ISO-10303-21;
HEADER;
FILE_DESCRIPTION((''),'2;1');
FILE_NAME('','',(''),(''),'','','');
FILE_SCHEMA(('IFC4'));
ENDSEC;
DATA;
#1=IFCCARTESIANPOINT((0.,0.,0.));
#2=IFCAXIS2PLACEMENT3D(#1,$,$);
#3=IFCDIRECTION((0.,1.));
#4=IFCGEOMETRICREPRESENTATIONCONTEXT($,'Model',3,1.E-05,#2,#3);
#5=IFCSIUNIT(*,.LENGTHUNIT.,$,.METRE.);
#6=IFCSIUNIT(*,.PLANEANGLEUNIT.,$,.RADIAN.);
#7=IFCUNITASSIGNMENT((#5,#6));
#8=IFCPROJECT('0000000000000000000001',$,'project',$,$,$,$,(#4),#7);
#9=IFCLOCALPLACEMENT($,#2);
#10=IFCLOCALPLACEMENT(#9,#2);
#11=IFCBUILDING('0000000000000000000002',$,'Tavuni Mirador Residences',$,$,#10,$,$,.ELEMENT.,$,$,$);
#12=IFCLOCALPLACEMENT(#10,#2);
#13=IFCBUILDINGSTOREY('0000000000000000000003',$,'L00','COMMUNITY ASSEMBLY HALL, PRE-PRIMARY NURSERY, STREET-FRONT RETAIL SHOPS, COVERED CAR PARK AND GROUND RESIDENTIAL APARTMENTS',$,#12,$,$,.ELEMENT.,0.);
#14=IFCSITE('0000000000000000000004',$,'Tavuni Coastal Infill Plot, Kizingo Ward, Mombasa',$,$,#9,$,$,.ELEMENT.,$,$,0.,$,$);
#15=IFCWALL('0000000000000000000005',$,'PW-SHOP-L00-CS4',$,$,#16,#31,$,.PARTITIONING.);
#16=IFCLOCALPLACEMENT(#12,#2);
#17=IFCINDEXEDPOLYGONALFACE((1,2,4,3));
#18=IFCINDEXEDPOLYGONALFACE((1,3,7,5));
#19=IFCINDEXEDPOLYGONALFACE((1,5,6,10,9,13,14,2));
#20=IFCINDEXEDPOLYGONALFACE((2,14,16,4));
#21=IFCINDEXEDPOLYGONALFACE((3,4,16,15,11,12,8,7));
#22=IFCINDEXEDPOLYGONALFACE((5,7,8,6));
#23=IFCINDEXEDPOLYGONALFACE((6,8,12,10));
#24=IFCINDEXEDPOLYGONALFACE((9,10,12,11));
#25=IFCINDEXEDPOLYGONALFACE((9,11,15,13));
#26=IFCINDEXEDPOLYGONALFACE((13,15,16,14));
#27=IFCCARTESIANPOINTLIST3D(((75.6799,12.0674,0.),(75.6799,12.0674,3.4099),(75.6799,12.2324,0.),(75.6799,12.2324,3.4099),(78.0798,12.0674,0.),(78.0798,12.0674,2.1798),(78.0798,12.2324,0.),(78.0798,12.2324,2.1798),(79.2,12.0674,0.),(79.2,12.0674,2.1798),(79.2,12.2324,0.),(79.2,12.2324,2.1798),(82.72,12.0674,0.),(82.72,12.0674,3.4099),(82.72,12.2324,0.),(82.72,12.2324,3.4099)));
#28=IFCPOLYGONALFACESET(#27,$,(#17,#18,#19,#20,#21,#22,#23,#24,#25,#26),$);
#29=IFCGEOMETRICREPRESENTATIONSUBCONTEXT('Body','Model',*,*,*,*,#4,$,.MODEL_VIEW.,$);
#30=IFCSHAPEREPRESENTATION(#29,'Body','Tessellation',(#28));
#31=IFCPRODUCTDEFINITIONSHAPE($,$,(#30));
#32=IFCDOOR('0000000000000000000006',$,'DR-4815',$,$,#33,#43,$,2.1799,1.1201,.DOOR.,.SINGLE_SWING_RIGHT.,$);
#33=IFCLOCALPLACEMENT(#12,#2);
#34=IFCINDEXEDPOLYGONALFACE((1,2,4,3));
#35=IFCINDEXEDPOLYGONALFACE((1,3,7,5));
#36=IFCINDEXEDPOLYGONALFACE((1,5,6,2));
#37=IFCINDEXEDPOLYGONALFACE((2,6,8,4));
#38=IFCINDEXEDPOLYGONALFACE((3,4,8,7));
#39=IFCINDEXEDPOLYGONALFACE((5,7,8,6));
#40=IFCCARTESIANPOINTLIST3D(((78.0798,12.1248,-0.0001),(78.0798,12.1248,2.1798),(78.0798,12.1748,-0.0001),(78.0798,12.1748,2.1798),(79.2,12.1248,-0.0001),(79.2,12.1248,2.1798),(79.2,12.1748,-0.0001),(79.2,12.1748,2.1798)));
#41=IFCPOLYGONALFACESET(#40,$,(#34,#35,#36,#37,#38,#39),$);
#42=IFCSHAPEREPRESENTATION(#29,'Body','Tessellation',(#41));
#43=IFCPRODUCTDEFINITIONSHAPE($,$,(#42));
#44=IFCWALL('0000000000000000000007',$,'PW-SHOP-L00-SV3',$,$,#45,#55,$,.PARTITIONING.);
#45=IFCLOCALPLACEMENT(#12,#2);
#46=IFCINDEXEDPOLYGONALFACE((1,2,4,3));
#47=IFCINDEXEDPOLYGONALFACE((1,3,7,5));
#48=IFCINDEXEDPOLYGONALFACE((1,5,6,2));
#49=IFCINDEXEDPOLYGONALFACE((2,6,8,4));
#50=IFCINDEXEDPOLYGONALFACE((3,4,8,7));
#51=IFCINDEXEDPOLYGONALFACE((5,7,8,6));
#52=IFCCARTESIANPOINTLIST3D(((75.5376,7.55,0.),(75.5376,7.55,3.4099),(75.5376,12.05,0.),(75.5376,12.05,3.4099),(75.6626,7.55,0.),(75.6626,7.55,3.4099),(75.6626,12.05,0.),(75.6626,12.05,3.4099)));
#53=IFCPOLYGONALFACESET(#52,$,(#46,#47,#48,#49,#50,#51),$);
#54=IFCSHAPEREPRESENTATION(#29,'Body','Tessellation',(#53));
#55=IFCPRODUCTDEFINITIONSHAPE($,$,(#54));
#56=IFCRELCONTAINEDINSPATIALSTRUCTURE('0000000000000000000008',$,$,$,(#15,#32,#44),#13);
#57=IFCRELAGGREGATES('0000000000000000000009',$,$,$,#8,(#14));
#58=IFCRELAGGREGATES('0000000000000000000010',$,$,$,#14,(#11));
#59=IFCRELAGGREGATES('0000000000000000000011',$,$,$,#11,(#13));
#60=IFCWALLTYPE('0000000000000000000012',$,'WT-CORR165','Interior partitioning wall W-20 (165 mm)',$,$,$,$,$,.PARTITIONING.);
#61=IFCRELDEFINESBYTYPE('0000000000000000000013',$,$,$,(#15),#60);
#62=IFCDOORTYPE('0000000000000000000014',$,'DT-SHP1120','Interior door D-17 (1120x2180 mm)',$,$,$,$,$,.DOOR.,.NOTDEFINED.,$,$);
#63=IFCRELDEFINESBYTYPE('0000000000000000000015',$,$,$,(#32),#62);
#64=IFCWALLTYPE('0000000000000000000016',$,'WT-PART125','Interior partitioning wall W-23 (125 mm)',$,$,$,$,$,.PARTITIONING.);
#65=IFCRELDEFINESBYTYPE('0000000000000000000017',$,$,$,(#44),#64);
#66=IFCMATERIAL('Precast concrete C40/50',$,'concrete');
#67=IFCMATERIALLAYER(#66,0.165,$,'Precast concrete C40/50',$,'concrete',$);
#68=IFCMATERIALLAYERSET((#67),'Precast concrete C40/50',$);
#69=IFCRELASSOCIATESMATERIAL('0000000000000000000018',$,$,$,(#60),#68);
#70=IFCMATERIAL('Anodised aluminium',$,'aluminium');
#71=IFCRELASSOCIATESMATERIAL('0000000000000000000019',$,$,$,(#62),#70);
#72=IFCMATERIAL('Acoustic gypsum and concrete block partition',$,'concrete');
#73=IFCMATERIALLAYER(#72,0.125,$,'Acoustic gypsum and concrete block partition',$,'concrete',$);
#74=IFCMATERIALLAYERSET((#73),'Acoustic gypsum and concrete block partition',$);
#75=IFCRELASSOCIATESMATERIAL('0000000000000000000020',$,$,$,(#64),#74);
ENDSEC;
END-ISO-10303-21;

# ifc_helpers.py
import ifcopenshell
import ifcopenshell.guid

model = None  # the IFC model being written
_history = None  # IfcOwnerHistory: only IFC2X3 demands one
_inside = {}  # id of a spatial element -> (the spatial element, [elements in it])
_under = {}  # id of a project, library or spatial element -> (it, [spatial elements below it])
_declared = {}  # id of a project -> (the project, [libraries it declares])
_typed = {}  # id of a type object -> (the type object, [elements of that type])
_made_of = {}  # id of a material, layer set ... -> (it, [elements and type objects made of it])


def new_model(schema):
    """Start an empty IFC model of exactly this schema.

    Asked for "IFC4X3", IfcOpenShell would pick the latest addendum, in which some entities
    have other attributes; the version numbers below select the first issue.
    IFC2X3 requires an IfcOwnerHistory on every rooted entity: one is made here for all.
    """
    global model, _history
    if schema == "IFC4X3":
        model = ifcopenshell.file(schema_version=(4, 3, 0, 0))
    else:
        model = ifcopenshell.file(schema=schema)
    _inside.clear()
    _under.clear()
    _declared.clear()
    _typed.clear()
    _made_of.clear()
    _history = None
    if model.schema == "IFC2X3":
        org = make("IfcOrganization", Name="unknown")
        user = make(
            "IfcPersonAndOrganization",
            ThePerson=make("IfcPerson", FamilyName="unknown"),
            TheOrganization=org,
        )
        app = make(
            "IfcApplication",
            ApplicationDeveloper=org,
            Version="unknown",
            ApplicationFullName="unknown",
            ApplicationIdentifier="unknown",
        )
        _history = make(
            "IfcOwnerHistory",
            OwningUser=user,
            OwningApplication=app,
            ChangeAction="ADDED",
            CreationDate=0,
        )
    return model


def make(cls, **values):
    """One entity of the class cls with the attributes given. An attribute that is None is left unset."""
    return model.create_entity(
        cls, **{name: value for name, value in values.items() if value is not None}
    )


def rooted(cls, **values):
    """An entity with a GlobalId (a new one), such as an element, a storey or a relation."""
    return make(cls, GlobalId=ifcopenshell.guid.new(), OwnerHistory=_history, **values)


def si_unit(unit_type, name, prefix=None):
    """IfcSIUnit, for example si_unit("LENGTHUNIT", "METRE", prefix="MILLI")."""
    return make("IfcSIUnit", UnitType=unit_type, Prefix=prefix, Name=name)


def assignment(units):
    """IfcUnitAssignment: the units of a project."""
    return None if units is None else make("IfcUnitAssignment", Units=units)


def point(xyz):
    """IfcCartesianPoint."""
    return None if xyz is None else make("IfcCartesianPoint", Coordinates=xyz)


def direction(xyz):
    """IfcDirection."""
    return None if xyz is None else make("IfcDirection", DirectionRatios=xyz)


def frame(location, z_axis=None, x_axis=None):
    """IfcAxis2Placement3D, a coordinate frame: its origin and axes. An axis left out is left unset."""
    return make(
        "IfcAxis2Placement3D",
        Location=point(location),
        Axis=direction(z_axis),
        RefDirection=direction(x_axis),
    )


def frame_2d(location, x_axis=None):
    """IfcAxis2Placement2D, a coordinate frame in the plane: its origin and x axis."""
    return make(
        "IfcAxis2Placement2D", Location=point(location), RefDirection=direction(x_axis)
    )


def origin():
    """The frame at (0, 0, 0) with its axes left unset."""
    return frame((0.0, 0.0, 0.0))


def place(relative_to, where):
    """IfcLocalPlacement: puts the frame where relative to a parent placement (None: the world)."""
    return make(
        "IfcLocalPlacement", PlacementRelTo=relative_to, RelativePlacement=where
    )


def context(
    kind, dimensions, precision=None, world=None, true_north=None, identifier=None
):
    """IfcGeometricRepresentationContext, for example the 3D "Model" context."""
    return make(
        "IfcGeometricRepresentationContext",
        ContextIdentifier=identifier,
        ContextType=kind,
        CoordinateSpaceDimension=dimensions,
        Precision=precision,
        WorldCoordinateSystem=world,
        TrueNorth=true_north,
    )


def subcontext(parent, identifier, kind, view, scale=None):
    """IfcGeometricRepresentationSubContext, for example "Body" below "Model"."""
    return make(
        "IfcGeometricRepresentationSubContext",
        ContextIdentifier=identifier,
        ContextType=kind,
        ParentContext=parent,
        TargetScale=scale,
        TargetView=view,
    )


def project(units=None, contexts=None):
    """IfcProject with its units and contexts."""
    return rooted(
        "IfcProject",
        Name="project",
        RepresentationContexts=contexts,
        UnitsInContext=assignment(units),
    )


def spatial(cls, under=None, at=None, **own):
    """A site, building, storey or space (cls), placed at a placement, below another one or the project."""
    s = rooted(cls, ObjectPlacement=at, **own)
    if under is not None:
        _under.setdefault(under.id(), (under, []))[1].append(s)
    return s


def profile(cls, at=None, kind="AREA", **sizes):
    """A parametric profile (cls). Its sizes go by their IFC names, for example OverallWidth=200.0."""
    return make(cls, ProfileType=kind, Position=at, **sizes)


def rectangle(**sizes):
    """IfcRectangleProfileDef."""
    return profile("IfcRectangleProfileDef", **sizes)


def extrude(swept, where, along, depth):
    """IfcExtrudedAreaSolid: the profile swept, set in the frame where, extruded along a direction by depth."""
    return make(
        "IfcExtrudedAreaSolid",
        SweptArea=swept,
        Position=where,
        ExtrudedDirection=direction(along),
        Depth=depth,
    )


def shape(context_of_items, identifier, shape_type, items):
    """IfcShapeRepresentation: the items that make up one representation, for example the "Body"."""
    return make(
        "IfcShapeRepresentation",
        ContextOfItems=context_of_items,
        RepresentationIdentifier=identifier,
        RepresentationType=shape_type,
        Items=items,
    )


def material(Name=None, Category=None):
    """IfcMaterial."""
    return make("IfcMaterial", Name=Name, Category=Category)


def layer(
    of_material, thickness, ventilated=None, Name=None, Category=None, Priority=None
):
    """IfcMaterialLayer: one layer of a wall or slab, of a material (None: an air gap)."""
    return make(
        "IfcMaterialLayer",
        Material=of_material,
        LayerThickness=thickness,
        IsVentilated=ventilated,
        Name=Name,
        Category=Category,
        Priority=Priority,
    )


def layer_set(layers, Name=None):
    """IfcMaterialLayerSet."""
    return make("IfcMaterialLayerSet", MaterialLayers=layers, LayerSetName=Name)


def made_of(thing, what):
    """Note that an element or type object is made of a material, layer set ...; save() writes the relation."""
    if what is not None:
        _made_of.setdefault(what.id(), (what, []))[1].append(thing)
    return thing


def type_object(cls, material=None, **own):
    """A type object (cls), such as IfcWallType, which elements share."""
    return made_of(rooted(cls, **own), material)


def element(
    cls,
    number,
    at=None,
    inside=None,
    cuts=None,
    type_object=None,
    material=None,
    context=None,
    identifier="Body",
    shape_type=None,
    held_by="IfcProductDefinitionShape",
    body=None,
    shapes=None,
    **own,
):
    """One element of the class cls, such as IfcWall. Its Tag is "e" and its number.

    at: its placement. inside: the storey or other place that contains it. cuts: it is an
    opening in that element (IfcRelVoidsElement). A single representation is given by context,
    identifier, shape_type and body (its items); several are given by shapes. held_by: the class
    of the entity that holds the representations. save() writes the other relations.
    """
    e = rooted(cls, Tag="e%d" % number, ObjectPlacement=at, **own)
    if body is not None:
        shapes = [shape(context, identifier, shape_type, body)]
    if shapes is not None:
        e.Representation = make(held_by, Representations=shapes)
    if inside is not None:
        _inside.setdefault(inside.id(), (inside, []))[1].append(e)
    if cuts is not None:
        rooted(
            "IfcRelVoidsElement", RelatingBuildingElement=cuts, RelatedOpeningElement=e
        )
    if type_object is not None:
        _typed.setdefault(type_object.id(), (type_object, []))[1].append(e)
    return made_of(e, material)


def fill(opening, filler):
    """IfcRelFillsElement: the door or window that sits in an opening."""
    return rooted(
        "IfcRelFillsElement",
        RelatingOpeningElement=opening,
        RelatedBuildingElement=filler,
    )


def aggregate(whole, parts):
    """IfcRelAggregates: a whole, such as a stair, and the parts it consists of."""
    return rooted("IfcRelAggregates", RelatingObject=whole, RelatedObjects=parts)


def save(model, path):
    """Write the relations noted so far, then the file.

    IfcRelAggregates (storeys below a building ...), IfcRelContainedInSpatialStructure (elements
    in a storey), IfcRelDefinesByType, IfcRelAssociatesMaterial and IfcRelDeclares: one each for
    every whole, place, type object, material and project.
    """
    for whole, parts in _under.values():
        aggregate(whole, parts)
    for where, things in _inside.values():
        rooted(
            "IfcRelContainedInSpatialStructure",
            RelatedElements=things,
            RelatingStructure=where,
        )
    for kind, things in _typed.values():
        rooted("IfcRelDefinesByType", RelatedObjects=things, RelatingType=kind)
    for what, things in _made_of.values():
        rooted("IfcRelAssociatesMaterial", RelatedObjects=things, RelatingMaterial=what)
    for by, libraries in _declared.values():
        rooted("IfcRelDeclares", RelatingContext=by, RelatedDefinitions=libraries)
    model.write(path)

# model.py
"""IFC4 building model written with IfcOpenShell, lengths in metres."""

from ifc_helpers import new_model, si_unit, direction, frame, frame_2d, origin, place, context, subcontext, project, spatial, rectangle, extrude, material, layer, layer_set, type_object, element, fill, save


model = new_model("IFC4")

# Units and contexts
model_context = context("Model", 3, precision=1e-05, world=origin(), true_north=direction((0.0, 1.0)))
body_context = subcontext(model_context, "Body", "Model", "MODEL_VIEW")
ifc_project = project(units=[si_unit("LENGTHUNIT", "METRE"), si_unit("PLANEANGLEUNIT", "RADIAN")], contexts=[model_context])

# Site, building, storey
site_placement = place(None, origin())
site = spatial("IfcSite", under=ifc_project, at=site_placement, Name="Tavuni Coastal Infill Plot, Kizingo Ward, Mombasa", CompositionType="ELEMENT", RefElevation=0.0)
building_placement = place(site_placement, origin())
building = spatial("IfcBuilding", under=site, at=building_placement, Name="Tavuni Mirador Residences", CompositionType="ELEMENT")
storey_placement = place(building_placement, origin())
storey = spatial("IfcBuildingStorey", under=building, at=storey_placement, Name="L00", Description="COMMUNITY ASSEMBLY HALL, PRE-PRIMARY NURSERY, STREET-FRONT RETAIL SHOPS, COVERED CAR PARK AND GROUND RESIDENTIAL APARTMENTS", CompositionType="ELEMENT", Elevation=0.0)

# Shared definitions
ifc_material_1 = material(Name="Precast concrete C40/50", Category="concrete")

# Shared definitions
ifc_material_2 = material(Name="Anodised aluminium", Category="aluminium")

# Wall, opening, door
ifc_layer_1 = layer(ifc_material_1, 0.165, Name="Precast concrete C40/50", Category="concrete")
ifc_layer_set_1 = layer_set([ifc_layer_1], Name="Precast concrete C40/50")
wall_type_1 = type_object("IfcWallType", Name="WT-CORR165", Description="Interior partitioning wall W-20 (165 mm)", PredefinedType="PARTITIONING", material=ifc_layer_set_1)
wall_1_placement = place(storey_placement, frame((75.6799, 12.1499, 0.0), z_axis=(0.0, 0.0, 1.0), x_axis=(1.0, 0.0, 0.0)))
wall_1 = element("IfcWall", 1, at=wall_1_placement, inside=storey, type_object=wall_type_1, Name="PW-SHOP-L00-CS4", PredefinedType="PARTITIONING", context=body_context, shape_type="SweptSolid", body=[
    extrude(rectangle(XDim=7.04, YDim=0.165, at=frame_2d((3.52, 0.0))), origin(), (0.0, 0.0, 1.0), 3.4099),
])
opening_placement = place(wall_1_placement, frame((2.3999, 0.0, 0.0)))
opening = element("IfcOpeningElement", 2, at=opening_placement, cuts=wall_1, PredefinedType="OPENING", context=body_context, shape_type="SweptSolid", body=[
    extrude(rectangle(XDim=1.1201, YDim=2.1799, at=frame_2d((0.5601, 1.0898))), frame((0.0, 0.0925, 0.0), z_axis=(0.0, -1.0, 0.0), x_axis=(1.0, 0.0, 0.0)), (0.0, 0.0, 1.0), 0.1851),
])
door_type = type_object("IfcDoorType", Name="DT-SHP1120", Description="Interior door D-17 (1120x2180 mm)", OperationType="NOTDEFINED", PredefinedType="DOOR", material=ifc_material_2)
door_placement = place(opening_placement, origin())
door = element("IfcDoor", 3, at=door_placement, inside=storey, type_object=door_type, Name="DR-4815", OperationType="SINGLE_SWING_RIGHT", OverallHeight=2.1799, OverallWidth=1.1201, PredefinedType="DOOR", context=body_context, shape_type="SweptSolid", body=[
    extrude(rectangle(XDim=1.1201, YDim=2.1799, at=frame_2d((0.5601, 1.0898))), frame((0.0, 0.0249, 0.0), z_axis=(0.0, -1.0, 0.0), x_axis=(1.0, 0.0, 0.0)), (0.0, 0.0, 1.0), 0.05),
])
fill(opening, door)

# Wall
ifc_material_3 = material(Name="Acoustic gypsum and concrete block partition", Category="concrete")
ifc_layer_2 = layer(ifc_material_3, 0.125, Name="Acoustic gypsum and concrete block partition", Category="concrete")
ifc_layer_set_2 = layer_set([ifc_layer_2], Name="Acoustic gypsum and concrete block partition")
wall_type_2 = type_object("IfcWallType", Name="WT-PART125", Description="Interior partitioning wall W-23 (125 mm)", PredefinedType="PARTITIONING", material=ifc_layer_set_2)
wall_2_placement = place(storey_placement, frame((75.6001, 7.55, 0.0), z_axis=(0.0, 0.0, 1.0), x_axis=(0.0, 1.0, 0.0)))
element("IfcWall", 4, at=wall_2_placement, inside=storey, type_object=wall_type_2, Name="PW-SHOP-L00-SV3", PredefinedType="PARTITIONING", context=body_context, shape_type="SweptSolid", body=[
    extrude(rectangle(XDim=4.5, YDim=0.125, at=frame_2d((2.25, 0.0))), origin(), (0.0, 0.0, 1.0), 3.4099),
])

save(model, "model.ifc")
